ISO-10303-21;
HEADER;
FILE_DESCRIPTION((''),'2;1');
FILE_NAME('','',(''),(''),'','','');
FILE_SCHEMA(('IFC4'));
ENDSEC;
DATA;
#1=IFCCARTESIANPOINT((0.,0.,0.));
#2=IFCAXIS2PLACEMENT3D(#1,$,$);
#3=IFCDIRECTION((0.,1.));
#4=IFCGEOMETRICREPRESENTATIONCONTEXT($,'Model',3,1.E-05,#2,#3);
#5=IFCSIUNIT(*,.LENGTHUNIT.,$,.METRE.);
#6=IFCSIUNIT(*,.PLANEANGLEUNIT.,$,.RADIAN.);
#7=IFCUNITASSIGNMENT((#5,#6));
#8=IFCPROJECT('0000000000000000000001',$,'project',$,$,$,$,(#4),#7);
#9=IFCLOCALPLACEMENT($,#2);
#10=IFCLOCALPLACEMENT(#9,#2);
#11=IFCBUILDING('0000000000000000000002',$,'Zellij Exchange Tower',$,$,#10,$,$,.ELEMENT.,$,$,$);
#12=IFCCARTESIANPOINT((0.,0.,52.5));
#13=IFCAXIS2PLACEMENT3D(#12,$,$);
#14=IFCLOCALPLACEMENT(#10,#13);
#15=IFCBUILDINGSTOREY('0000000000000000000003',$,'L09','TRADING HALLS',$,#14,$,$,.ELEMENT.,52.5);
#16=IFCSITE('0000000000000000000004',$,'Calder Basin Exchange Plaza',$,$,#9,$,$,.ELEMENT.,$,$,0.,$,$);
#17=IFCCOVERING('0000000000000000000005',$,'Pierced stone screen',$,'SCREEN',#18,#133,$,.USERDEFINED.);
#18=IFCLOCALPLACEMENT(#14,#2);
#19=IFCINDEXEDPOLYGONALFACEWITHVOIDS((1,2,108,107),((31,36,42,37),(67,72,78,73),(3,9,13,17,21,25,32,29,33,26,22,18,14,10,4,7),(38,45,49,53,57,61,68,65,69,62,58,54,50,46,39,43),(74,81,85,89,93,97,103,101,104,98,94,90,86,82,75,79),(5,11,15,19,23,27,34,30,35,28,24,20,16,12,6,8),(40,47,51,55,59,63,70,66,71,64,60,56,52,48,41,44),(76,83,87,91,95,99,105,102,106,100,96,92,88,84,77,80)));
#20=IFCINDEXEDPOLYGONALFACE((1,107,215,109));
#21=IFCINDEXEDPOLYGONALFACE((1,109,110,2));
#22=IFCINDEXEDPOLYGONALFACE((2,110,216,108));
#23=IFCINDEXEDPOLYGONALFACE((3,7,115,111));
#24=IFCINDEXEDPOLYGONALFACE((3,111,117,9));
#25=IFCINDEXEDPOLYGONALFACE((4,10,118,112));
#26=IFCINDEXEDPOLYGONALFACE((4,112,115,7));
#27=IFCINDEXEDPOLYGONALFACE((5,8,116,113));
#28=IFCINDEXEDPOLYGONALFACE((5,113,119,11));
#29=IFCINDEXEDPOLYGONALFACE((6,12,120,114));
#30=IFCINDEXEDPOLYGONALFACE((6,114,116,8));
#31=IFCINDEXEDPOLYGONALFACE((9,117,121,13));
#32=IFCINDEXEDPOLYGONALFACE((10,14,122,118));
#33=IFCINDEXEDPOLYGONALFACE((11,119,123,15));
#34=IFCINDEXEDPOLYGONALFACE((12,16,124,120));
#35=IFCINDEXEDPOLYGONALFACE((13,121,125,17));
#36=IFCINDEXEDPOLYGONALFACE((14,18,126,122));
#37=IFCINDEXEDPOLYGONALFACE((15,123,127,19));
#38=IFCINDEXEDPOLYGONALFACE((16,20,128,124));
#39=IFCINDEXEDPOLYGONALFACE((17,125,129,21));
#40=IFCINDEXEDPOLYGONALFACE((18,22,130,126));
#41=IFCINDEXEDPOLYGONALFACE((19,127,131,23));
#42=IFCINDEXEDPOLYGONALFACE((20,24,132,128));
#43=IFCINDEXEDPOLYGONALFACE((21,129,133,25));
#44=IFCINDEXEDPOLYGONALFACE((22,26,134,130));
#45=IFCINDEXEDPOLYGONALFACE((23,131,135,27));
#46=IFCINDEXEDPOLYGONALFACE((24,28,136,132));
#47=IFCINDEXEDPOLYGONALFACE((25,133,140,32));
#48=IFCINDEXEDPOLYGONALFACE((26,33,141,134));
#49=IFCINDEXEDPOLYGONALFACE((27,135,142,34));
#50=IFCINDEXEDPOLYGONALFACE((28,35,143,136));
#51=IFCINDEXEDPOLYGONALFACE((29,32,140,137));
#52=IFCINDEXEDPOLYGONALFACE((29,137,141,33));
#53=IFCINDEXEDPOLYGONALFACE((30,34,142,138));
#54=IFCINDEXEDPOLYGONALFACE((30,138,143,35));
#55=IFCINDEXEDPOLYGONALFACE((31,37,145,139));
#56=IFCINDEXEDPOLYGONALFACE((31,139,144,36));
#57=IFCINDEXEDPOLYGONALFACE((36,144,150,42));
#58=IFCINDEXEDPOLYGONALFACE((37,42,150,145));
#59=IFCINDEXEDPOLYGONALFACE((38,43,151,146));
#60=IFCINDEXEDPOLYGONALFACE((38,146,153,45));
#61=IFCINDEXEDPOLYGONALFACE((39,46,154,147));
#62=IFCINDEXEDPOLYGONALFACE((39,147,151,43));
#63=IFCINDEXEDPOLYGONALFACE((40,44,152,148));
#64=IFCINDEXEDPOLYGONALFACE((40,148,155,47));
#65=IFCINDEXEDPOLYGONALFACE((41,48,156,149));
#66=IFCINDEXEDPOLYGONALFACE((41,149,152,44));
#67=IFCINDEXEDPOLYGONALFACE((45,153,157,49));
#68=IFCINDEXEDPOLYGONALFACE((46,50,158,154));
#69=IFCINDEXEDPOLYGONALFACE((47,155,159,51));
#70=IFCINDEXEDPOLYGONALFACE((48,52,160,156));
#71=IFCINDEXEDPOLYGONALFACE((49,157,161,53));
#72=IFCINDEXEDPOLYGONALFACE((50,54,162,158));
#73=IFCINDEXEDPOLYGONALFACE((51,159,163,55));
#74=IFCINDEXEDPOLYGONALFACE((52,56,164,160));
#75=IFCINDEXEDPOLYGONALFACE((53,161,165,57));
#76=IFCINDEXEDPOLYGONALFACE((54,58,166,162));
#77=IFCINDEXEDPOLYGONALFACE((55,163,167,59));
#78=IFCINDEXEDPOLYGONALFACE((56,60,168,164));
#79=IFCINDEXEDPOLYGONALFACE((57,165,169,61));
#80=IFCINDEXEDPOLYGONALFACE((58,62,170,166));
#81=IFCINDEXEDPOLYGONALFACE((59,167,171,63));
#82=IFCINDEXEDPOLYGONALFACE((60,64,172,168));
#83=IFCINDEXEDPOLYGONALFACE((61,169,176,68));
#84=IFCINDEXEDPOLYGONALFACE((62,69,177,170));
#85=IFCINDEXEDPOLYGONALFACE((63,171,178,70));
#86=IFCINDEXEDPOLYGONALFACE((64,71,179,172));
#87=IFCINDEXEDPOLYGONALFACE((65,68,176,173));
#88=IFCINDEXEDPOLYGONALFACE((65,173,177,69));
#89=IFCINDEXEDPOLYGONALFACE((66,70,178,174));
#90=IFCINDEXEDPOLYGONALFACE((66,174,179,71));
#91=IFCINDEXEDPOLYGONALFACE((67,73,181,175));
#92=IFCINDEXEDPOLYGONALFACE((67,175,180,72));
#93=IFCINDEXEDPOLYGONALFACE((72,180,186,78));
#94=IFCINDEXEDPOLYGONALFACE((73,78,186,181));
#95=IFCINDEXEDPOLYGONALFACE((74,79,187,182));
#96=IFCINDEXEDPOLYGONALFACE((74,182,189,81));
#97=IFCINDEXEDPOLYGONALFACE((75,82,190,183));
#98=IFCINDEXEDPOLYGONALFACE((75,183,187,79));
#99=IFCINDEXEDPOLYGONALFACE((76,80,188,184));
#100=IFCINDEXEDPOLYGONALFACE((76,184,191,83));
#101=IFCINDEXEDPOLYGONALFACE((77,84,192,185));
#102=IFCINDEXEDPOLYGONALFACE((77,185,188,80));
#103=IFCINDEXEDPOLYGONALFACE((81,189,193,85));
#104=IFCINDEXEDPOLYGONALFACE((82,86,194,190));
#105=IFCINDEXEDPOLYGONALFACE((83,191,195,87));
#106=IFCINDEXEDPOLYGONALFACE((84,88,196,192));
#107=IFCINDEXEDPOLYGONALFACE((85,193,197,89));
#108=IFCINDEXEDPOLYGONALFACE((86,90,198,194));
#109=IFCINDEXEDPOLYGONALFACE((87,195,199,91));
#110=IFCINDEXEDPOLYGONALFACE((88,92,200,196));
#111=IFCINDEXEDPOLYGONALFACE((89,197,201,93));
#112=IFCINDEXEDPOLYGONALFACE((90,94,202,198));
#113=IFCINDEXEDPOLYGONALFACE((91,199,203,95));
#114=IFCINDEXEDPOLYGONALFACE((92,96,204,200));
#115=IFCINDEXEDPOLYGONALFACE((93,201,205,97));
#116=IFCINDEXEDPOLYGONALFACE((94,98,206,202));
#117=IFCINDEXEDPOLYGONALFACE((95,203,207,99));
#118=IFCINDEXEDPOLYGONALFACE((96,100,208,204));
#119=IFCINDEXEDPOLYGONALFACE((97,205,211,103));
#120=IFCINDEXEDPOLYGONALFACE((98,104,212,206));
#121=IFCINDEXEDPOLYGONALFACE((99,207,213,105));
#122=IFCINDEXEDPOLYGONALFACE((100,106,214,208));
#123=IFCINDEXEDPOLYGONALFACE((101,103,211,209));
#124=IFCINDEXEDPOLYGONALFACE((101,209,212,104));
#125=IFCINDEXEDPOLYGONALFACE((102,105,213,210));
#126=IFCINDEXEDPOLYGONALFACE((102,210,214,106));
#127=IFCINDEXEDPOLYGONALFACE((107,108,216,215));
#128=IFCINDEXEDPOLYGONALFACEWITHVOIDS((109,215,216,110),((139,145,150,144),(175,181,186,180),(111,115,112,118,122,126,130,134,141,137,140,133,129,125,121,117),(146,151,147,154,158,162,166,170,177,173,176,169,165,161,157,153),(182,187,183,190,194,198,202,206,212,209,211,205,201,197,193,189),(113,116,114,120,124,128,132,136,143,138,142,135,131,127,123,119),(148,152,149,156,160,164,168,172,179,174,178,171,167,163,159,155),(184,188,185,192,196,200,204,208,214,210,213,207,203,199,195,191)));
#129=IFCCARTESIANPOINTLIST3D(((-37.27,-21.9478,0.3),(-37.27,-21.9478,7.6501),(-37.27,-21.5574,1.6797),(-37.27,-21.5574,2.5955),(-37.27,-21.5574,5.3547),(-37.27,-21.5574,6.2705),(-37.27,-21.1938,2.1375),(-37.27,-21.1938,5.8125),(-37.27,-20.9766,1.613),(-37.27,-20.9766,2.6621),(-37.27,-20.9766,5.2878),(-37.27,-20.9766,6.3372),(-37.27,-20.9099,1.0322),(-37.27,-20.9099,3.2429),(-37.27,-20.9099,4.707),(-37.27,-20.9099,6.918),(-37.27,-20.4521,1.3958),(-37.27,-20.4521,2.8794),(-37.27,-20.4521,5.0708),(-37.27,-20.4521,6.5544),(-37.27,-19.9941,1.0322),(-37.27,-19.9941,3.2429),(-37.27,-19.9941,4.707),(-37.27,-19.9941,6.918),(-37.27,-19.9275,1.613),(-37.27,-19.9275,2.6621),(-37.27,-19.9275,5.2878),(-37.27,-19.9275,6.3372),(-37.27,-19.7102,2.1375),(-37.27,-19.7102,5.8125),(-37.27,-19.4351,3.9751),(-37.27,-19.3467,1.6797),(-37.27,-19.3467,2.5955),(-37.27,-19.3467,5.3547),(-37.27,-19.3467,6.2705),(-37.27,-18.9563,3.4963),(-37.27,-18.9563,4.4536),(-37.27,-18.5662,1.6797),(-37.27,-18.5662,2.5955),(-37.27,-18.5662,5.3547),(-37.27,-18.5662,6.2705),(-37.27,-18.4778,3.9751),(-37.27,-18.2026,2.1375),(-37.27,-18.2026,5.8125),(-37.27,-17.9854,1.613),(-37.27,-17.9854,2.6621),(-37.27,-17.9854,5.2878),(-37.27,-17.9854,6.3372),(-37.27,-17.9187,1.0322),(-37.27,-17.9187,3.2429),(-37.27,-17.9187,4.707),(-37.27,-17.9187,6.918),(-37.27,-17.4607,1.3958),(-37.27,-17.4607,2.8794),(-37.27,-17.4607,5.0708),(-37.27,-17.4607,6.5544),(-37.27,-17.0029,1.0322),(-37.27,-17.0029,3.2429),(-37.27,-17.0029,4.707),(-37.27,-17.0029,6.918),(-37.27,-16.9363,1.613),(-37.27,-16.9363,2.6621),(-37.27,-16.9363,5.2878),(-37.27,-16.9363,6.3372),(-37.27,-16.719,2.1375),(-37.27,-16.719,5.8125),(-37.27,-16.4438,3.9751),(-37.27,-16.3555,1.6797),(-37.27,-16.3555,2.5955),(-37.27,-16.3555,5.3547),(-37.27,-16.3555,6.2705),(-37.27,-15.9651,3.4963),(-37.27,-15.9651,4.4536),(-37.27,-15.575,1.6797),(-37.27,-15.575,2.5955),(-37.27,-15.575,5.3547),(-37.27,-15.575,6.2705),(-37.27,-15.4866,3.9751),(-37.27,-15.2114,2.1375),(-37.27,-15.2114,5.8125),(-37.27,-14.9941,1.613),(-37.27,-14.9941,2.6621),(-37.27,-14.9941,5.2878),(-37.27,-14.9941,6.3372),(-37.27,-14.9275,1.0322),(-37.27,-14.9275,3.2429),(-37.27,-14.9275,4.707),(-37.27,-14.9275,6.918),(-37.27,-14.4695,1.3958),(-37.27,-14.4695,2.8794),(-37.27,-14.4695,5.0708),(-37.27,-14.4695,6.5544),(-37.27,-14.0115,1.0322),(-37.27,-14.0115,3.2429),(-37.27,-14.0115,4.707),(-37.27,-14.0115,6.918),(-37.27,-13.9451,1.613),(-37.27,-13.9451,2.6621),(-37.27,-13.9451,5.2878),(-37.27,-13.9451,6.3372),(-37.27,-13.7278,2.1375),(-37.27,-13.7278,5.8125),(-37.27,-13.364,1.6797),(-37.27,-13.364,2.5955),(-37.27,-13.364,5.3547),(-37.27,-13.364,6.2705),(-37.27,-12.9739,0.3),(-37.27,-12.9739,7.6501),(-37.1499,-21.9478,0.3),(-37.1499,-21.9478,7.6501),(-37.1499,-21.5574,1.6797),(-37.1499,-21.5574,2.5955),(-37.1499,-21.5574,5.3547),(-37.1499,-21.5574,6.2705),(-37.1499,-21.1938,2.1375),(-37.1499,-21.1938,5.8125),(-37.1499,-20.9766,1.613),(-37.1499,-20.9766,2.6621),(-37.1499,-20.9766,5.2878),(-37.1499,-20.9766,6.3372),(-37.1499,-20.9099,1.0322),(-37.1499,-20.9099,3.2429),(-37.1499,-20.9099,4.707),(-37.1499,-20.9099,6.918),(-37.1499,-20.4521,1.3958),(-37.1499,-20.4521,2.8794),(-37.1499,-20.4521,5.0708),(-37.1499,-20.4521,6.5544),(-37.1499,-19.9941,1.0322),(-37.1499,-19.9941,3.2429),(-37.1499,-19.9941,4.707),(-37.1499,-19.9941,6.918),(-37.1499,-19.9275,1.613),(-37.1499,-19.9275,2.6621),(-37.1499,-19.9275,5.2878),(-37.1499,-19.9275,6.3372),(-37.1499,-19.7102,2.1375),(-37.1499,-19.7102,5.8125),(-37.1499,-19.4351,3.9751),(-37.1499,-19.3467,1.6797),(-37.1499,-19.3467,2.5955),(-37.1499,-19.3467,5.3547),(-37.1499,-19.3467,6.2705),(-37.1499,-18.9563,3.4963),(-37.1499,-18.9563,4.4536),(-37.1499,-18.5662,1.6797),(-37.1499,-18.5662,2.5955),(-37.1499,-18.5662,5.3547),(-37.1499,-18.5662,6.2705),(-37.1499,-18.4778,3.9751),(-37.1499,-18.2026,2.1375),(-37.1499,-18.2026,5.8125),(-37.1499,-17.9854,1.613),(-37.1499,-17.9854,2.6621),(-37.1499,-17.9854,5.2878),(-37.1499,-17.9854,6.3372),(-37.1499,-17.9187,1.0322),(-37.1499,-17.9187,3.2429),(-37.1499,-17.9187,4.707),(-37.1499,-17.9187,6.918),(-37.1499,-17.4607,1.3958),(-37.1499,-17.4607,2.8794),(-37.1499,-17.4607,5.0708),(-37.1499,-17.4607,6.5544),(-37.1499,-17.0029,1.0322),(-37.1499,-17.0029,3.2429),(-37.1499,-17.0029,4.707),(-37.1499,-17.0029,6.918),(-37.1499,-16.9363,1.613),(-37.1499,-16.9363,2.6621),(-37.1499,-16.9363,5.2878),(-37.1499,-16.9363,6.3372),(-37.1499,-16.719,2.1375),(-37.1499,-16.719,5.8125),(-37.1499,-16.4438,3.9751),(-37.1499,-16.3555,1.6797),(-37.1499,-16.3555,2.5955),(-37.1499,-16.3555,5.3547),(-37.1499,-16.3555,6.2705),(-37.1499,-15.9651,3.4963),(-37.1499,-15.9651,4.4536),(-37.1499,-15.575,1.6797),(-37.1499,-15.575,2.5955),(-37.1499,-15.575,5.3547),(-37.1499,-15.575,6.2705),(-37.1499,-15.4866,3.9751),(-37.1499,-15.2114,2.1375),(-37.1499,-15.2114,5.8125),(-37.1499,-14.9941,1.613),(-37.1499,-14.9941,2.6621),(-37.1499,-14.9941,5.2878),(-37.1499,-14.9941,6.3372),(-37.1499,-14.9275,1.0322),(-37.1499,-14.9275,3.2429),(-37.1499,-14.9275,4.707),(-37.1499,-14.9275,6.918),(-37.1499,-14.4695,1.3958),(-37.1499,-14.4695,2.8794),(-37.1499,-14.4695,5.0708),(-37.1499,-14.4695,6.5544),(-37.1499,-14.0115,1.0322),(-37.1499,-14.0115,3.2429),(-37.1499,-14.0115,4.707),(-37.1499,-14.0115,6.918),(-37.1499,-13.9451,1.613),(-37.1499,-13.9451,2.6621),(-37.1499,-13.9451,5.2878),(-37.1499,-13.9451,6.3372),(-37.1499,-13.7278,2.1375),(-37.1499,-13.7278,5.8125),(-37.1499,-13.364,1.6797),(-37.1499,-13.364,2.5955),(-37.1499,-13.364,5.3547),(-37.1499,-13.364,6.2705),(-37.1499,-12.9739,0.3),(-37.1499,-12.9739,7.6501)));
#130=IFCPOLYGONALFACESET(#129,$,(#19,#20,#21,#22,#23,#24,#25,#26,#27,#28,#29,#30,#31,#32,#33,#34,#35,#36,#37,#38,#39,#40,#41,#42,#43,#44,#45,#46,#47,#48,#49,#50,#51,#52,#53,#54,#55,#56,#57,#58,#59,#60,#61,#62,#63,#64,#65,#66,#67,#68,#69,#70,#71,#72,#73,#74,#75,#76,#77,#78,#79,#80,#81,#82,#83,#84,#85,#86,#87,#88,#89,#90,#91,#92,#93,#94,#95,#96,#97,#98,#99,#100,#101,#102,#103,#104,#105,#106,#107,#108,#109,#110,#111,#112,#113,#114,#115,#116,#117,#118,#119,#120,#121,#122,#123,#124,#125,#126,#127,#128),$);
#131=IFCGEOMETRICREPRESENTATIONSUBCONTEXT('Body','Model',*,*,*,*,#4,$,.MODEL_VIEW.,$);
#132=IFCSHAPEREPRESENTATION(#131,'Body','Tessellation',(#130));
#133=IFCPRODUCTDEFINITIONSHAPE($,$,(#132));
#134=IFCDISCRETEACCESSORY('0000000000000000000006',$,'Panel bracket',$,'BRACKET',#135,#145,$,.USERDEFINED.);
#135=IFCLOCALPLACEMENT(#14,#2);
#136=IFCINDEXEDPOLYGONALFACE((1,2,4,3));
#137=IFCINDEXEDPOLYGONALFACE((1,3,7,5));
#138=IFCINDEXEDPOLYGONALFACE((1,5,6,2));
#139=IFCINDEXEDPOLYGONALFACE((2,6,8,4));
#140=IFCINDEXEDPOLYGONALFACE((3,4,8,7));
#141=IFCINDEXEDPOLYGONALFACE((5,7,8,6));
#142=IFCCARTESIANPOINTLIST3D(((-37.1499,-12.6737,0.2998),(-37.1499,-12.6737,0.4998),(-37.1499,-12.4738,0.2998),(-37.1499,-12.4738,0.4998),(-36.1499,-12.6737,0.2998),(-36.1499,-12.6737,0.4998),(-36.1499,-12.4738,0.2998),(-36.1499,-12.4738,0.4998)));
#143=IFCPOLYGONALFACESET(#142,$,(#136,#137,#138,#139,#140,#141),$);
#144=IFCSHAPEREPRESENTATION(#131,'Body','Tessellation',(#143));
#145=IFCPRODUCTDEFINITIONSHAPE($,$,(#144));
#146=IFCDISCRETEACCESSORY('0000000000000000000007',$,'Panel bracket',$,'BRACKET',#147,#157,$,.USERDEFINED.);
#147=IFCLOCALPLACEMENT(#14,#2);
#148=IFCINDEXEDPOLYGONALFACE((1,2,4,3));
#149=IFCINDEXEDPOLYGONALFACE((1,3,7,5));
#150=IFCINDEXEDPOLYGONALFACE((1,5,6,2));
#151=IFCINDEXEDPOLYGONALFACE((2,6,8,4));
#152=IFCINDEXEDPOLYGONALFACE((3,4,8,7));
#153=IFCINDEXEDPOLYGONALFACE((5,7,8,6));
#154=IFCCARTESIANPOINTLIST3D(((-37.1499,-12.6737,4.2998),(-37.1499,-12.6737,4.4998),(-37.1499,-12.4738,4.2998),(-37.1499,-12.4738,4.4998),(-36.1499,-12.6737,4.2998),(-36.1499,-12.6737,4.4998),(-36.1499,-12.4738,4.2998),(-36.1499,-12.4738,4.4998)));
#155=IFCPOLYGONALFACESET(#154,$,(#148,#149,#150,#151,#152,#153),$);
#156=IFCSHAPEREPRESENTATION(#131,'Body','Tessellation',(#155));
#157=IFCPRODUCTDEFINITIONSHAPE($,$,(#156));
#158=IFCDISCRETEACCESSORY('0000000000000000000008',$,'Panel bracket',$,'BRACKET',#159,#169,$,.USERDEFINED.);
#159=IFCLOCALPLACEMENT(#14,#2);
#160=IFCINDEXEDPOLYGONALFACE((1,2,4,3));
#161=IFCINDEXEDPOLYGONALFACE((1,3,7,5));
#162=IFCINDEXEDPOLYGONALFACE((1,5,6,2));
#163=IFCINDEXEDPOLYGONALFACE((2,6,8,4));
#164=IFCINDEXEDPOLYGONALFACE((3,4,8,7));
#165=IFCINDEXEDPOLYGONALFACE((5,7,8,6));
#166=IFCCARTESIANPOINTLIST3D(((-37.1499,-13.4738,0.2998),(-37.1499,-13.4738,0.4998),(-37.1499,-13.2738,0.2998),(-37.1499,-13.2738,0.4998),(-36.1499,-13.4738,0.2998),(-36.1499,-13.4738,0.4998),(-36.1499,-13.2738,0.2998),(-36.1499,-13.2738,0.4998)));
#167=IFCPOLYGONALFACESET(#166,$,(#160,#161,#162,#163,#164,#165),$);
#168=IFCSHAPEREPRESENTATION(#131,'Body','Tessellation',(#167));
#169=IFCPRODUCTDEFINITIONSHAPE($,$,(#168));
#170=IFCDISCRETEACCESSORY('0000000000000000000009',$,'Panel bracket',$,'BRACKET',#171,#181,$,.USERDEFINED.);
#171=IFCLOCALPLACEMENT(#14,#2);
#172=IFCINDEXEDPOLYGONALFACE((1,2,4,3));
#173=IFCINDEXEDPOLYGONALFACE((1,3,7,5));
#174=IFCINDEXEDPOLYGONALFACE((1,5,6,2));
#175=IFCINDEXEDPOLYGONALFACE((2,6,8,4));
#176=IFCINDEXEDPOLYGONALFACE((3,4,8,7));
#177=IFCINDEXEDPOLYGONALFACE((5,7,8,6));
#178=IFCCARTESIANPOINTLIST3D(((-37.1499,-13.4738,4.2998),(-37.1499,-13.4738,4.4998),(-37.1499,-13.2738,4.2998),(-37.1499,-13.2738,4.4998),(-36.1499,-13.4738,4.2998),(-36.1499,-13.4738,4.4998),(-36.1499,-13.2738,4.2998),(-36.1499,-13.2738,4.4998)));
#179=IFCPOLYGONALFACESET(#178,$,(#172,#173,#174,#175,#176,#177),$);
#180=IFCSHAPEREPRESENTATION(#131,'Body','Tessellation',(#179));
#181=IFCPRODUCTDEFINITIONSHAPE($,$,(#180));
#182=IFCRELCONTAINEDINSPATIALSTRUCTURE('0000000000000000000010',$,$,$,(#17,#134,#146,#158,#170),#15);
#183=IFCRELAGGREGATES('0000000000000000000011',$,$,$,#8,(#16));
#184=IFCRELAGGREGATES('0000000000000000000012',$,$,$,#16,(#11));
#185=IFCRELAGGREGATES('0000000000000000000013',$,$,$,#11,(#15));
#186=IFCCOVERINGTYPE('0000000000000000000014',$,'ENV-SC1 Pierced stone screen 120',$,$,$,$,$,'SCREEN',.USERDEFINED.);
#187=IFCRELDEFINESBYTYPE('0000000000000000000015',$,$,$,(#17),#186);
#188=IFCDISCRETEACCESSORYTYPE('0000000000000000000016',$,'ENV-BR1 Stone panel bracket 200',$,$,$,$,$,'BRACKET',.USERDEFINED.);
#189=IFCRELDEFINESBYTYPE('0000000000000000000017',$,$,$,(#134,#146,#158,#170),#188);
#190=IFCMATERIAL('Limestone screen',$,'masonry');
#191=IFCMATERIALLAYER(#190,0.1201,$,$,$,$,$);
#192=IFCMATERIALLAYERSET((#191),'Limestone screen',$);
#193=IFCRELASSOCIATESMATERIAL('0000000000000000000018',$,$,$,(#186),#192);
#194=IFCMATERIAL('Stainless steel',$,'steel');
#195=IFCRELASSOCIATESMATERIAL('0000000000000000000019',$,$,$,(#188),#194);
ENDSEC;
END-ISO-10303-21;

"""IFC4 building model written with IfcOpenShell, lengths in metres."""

from ifc_helpers import new_model, si_unit, direction, frame, origin, origin_2d, place, context, subcontext, project, spatial, polyline, rectangle, outline, extrude, material, layer, layer_set, type_object, element, save


model = new_model("IFC4")

# Units and contexts
model_context = context("Model", 3, precision=1e-05, world=origin(), true_north=direction((0.0, 1.0)))
body_context = subcontext(model_context, "Body", "Model", "MODEL_VIEW")
ifc_project = project(units=[si_unit("LENGTHUNIT", "METRE"), si_unit("PLANEANGLEUNIT", "RADIAN")], contexts=[model_context])

# Site, building, storey
site_placement = place(None, origin())
site = spatial("IfcSite", under=ifc_project, at=site_placement, Name="Calder Basin Exchange Plaza", CompositionType="ELEMENT", RefElevation=0.0)
building_placement = place(site_placement, origin())
building = spatial("IfcBuilding", under=site, at=building_placement, Name="Zellij Exchange Tower", CompositionType="ELEMENT")
storey_placement = place(building_placement, frame((0.0, 0.0, 52.5)))
storey = spatial("IfcBuildingStorey", under=building, at=storey_placement, Name="L09", Description="TRADING HALLS", CompositionType="ELEMENT", Elevation=52.5)

# Covering
ifc_material_1 = material(Name="Limestone screen", Category="masonry")
ifc_layer = layer(ifc_material_1, 0.1201)
ifc_layer_set = layer_set([ifc_layer], Name="Limestone screen")
covering_type = type_object("IfcCoveringType", Name="ENV-SC1 Pierced stone screen 120", ElementType="SCREEN", PredefinedType="USERDEFINED", material=ifc_layer_set)
covering_placement = place(storey_placement, frame((-37.21, -12.9739, 0.3), z_axis=(0.0, 0.0, 1.0), x_axis=(0.0, -1.0, 0.0)))
element("IfcCovering", 1, at=covering_placement, inside=storey, type_object=covering_type, Name="Pierced stone screen", ObjectType="SCREEN", PredefinedType="USERDEFINED", context=body_context, shape_type="SweptSolid", body=[
    extrude(outline(polyline([(0.0, 0.0), (8.9739, 0.0), (8.9739, 7.3501), (0.0, 7.3501), (0.0, 0.0)]), holes=[polyline([(2.6011, 2.2954), (2.0203, 2.3621), (1.9536, 2.9429), (1.4956, 2.5793), (1.0376, 2.9429), (0.9712, 2.3621), (0.3901, 2.2954), (0.7539, 1.8374), (0.3901, 1.3796), (0.9712, 1.313), (1.0376, 0.7322), (1.4956, 1.0957), (1.9536, 0.7322), (2.0203, 1.313), (2.6011, 1.3796), (2.2375, 1.8374), (2.6011, 2.2954)]), polyline([(2.6011, 5.9705), (2.0203, 6.0371), (1.9536, 6.6179), (1.4956, 6.2544), (1.0376, 6.6179), (0.9712, 6.0371), (0.3901, 5.9705), (0.7539, 5.5125), (0.3901, 5.0547), (0.9712, 4.9878), (1.0376, 4.407), (1.4956, 4.7708), (1.9536, 4.407), (2.0203, 4.9878), (2.6011, 5.0547), (2.2375, 5.5125), (2.6011, 5.9705)]), polyline([(5.5923, 2.2954), (5.0115, 2.3621), (4.9448, 2.9429), (4.4868, 2.5793), (4.0291, 2.9429), (3.9624, 2.3621), (3.3816, 2.2954), (3.7451, 1.8374), (3.3816, 1.3796), (3.9624, 1.313), (4.0291, 0.7322), (4.4868, 1.0957), (4.9448, 0.7322), (5.0115, 1.313), (5.5923, 1.3796), (5.2288, 1.8374), (5.5923, 2.2954)]), polyline([(5.5923, 5.9705), (5.0115, 6.0371), (4.9448, 6.6179), (4.4868, 6.2544), (4.0291, 6.6179), (3.9624, 6.0371), (3.3816, 5.9705), (3.7451, 5.5125), (3.3816, 5.0547), (3.9624, 4.9878), (4.0291, 4.407), (4.4868, 4.7708), (4.9448, 4.407), (5.0115, 4.9878), (5.5923, 5.0547), (5.2288, 5.5125), (5.5923, 5.9705)]), polyline([(8.5835, 2.2954), (8.0027, 2.3621), (7.936, 2.9429), (7.4783, 2.5793), (7.0203, 2.9429), (6.9536, 2.3621), (6.3728, 2.2954), (6.7363, 1.8374), (6.3728, 1.3796), (6.9536, 1.313), (7.0203, 0.7322), (7.4783, 1.0957), (7.936, 0.7322), (8.0027, 1.313), (8.5835, 1.3796), (8.22, 1.8374), (8.5835, 2.2954)]), polyline([(8.5835, 5.9705), (8.0027, 6.0371), (7.936, 6.6179), (7.4783, 6.2544), (7.0203, 6.6179), (6.9536, 6.0371), (6.3728, 5.9705), (6.7363, 5.5125), (6.3728, 5.0547), (6.9536, 4.9878), (7.0203, 4.407), (7.4783, 4.7708), (7.936, 4.407), (8.0027, 4.9878), (8.5835, 5.0547), (8.22, 5.5125), (8.5835, 5.9705)]), polyline([(3.47, 3.675), (2.9912, 4.1536), (2.5127, 3.675), (2.9912, 3.1963), (3.47, 3.675)]), polyline([(6.4612, 3.675), (5.9824, 4.1536), (5.5039, 3.675), (5.9824, 3.1963), (6.4612, 3.675)])]), frame((0.0, 0.0601, 0.0), z_axis=(0.0, -1.0, 0.0), x_axis=(1.0, 0.0, 0.0)), (0.0, 0.0, 1.0), 0.1201),
])

# Discrete accessories
ifc_material_2 = material(Name="Stainless steel", Category="steel")
discrete_accessory_type = type_object("IfcDiscreteAccessoryType", Name="ENV-BR1 Stone panel bracket 200", ElementType="BRACKET", PredefinedType="USERDEFINED", material=ifc_material_2)
for number, where, z_axis, x_axis, name in (
    (2, (-36.6499, -12.5737, 0.2998), (0.0, 0.0, 1.0), (0.0, -1.0, 0.0), "Panel bracket"),
    (3, (-36.6499, -12.5737, 4.2998), (0.0, 0.0, 1.0), (0.0, -1.0, 0.0), "Panel bracket"),
    (4, (-36.6499, -13.3738, 0.2998), (0.0, 0.0, 1.0), (0.0, -1.0, 0.0), "Panel bracket"),
    (5, (-36.6499, -13.3738, 4.2998), (0.0, 0.0, 1.0), (0.0, -1.0, 0.0), "Panel bracket"),
):
    element("IfcDiscreteAccessory", number, at=place(storey_placement, frame(where, z_axis=z_axis, x_axis=x_axis)), inside=storey, type_object=discrete_accessory_type, Name=name, ObjectType="BRACKET", PredefinedType="USERDEFINED", context=body_context, shape_type="SweptSolid", body=[
        extrude(rectangle(XDim=0.2, YDim=1.0, at=origin_2d()), origin(), (0.0, 0.0, 1.0), 0.2),
    ])

save(model, "model.ifc")
